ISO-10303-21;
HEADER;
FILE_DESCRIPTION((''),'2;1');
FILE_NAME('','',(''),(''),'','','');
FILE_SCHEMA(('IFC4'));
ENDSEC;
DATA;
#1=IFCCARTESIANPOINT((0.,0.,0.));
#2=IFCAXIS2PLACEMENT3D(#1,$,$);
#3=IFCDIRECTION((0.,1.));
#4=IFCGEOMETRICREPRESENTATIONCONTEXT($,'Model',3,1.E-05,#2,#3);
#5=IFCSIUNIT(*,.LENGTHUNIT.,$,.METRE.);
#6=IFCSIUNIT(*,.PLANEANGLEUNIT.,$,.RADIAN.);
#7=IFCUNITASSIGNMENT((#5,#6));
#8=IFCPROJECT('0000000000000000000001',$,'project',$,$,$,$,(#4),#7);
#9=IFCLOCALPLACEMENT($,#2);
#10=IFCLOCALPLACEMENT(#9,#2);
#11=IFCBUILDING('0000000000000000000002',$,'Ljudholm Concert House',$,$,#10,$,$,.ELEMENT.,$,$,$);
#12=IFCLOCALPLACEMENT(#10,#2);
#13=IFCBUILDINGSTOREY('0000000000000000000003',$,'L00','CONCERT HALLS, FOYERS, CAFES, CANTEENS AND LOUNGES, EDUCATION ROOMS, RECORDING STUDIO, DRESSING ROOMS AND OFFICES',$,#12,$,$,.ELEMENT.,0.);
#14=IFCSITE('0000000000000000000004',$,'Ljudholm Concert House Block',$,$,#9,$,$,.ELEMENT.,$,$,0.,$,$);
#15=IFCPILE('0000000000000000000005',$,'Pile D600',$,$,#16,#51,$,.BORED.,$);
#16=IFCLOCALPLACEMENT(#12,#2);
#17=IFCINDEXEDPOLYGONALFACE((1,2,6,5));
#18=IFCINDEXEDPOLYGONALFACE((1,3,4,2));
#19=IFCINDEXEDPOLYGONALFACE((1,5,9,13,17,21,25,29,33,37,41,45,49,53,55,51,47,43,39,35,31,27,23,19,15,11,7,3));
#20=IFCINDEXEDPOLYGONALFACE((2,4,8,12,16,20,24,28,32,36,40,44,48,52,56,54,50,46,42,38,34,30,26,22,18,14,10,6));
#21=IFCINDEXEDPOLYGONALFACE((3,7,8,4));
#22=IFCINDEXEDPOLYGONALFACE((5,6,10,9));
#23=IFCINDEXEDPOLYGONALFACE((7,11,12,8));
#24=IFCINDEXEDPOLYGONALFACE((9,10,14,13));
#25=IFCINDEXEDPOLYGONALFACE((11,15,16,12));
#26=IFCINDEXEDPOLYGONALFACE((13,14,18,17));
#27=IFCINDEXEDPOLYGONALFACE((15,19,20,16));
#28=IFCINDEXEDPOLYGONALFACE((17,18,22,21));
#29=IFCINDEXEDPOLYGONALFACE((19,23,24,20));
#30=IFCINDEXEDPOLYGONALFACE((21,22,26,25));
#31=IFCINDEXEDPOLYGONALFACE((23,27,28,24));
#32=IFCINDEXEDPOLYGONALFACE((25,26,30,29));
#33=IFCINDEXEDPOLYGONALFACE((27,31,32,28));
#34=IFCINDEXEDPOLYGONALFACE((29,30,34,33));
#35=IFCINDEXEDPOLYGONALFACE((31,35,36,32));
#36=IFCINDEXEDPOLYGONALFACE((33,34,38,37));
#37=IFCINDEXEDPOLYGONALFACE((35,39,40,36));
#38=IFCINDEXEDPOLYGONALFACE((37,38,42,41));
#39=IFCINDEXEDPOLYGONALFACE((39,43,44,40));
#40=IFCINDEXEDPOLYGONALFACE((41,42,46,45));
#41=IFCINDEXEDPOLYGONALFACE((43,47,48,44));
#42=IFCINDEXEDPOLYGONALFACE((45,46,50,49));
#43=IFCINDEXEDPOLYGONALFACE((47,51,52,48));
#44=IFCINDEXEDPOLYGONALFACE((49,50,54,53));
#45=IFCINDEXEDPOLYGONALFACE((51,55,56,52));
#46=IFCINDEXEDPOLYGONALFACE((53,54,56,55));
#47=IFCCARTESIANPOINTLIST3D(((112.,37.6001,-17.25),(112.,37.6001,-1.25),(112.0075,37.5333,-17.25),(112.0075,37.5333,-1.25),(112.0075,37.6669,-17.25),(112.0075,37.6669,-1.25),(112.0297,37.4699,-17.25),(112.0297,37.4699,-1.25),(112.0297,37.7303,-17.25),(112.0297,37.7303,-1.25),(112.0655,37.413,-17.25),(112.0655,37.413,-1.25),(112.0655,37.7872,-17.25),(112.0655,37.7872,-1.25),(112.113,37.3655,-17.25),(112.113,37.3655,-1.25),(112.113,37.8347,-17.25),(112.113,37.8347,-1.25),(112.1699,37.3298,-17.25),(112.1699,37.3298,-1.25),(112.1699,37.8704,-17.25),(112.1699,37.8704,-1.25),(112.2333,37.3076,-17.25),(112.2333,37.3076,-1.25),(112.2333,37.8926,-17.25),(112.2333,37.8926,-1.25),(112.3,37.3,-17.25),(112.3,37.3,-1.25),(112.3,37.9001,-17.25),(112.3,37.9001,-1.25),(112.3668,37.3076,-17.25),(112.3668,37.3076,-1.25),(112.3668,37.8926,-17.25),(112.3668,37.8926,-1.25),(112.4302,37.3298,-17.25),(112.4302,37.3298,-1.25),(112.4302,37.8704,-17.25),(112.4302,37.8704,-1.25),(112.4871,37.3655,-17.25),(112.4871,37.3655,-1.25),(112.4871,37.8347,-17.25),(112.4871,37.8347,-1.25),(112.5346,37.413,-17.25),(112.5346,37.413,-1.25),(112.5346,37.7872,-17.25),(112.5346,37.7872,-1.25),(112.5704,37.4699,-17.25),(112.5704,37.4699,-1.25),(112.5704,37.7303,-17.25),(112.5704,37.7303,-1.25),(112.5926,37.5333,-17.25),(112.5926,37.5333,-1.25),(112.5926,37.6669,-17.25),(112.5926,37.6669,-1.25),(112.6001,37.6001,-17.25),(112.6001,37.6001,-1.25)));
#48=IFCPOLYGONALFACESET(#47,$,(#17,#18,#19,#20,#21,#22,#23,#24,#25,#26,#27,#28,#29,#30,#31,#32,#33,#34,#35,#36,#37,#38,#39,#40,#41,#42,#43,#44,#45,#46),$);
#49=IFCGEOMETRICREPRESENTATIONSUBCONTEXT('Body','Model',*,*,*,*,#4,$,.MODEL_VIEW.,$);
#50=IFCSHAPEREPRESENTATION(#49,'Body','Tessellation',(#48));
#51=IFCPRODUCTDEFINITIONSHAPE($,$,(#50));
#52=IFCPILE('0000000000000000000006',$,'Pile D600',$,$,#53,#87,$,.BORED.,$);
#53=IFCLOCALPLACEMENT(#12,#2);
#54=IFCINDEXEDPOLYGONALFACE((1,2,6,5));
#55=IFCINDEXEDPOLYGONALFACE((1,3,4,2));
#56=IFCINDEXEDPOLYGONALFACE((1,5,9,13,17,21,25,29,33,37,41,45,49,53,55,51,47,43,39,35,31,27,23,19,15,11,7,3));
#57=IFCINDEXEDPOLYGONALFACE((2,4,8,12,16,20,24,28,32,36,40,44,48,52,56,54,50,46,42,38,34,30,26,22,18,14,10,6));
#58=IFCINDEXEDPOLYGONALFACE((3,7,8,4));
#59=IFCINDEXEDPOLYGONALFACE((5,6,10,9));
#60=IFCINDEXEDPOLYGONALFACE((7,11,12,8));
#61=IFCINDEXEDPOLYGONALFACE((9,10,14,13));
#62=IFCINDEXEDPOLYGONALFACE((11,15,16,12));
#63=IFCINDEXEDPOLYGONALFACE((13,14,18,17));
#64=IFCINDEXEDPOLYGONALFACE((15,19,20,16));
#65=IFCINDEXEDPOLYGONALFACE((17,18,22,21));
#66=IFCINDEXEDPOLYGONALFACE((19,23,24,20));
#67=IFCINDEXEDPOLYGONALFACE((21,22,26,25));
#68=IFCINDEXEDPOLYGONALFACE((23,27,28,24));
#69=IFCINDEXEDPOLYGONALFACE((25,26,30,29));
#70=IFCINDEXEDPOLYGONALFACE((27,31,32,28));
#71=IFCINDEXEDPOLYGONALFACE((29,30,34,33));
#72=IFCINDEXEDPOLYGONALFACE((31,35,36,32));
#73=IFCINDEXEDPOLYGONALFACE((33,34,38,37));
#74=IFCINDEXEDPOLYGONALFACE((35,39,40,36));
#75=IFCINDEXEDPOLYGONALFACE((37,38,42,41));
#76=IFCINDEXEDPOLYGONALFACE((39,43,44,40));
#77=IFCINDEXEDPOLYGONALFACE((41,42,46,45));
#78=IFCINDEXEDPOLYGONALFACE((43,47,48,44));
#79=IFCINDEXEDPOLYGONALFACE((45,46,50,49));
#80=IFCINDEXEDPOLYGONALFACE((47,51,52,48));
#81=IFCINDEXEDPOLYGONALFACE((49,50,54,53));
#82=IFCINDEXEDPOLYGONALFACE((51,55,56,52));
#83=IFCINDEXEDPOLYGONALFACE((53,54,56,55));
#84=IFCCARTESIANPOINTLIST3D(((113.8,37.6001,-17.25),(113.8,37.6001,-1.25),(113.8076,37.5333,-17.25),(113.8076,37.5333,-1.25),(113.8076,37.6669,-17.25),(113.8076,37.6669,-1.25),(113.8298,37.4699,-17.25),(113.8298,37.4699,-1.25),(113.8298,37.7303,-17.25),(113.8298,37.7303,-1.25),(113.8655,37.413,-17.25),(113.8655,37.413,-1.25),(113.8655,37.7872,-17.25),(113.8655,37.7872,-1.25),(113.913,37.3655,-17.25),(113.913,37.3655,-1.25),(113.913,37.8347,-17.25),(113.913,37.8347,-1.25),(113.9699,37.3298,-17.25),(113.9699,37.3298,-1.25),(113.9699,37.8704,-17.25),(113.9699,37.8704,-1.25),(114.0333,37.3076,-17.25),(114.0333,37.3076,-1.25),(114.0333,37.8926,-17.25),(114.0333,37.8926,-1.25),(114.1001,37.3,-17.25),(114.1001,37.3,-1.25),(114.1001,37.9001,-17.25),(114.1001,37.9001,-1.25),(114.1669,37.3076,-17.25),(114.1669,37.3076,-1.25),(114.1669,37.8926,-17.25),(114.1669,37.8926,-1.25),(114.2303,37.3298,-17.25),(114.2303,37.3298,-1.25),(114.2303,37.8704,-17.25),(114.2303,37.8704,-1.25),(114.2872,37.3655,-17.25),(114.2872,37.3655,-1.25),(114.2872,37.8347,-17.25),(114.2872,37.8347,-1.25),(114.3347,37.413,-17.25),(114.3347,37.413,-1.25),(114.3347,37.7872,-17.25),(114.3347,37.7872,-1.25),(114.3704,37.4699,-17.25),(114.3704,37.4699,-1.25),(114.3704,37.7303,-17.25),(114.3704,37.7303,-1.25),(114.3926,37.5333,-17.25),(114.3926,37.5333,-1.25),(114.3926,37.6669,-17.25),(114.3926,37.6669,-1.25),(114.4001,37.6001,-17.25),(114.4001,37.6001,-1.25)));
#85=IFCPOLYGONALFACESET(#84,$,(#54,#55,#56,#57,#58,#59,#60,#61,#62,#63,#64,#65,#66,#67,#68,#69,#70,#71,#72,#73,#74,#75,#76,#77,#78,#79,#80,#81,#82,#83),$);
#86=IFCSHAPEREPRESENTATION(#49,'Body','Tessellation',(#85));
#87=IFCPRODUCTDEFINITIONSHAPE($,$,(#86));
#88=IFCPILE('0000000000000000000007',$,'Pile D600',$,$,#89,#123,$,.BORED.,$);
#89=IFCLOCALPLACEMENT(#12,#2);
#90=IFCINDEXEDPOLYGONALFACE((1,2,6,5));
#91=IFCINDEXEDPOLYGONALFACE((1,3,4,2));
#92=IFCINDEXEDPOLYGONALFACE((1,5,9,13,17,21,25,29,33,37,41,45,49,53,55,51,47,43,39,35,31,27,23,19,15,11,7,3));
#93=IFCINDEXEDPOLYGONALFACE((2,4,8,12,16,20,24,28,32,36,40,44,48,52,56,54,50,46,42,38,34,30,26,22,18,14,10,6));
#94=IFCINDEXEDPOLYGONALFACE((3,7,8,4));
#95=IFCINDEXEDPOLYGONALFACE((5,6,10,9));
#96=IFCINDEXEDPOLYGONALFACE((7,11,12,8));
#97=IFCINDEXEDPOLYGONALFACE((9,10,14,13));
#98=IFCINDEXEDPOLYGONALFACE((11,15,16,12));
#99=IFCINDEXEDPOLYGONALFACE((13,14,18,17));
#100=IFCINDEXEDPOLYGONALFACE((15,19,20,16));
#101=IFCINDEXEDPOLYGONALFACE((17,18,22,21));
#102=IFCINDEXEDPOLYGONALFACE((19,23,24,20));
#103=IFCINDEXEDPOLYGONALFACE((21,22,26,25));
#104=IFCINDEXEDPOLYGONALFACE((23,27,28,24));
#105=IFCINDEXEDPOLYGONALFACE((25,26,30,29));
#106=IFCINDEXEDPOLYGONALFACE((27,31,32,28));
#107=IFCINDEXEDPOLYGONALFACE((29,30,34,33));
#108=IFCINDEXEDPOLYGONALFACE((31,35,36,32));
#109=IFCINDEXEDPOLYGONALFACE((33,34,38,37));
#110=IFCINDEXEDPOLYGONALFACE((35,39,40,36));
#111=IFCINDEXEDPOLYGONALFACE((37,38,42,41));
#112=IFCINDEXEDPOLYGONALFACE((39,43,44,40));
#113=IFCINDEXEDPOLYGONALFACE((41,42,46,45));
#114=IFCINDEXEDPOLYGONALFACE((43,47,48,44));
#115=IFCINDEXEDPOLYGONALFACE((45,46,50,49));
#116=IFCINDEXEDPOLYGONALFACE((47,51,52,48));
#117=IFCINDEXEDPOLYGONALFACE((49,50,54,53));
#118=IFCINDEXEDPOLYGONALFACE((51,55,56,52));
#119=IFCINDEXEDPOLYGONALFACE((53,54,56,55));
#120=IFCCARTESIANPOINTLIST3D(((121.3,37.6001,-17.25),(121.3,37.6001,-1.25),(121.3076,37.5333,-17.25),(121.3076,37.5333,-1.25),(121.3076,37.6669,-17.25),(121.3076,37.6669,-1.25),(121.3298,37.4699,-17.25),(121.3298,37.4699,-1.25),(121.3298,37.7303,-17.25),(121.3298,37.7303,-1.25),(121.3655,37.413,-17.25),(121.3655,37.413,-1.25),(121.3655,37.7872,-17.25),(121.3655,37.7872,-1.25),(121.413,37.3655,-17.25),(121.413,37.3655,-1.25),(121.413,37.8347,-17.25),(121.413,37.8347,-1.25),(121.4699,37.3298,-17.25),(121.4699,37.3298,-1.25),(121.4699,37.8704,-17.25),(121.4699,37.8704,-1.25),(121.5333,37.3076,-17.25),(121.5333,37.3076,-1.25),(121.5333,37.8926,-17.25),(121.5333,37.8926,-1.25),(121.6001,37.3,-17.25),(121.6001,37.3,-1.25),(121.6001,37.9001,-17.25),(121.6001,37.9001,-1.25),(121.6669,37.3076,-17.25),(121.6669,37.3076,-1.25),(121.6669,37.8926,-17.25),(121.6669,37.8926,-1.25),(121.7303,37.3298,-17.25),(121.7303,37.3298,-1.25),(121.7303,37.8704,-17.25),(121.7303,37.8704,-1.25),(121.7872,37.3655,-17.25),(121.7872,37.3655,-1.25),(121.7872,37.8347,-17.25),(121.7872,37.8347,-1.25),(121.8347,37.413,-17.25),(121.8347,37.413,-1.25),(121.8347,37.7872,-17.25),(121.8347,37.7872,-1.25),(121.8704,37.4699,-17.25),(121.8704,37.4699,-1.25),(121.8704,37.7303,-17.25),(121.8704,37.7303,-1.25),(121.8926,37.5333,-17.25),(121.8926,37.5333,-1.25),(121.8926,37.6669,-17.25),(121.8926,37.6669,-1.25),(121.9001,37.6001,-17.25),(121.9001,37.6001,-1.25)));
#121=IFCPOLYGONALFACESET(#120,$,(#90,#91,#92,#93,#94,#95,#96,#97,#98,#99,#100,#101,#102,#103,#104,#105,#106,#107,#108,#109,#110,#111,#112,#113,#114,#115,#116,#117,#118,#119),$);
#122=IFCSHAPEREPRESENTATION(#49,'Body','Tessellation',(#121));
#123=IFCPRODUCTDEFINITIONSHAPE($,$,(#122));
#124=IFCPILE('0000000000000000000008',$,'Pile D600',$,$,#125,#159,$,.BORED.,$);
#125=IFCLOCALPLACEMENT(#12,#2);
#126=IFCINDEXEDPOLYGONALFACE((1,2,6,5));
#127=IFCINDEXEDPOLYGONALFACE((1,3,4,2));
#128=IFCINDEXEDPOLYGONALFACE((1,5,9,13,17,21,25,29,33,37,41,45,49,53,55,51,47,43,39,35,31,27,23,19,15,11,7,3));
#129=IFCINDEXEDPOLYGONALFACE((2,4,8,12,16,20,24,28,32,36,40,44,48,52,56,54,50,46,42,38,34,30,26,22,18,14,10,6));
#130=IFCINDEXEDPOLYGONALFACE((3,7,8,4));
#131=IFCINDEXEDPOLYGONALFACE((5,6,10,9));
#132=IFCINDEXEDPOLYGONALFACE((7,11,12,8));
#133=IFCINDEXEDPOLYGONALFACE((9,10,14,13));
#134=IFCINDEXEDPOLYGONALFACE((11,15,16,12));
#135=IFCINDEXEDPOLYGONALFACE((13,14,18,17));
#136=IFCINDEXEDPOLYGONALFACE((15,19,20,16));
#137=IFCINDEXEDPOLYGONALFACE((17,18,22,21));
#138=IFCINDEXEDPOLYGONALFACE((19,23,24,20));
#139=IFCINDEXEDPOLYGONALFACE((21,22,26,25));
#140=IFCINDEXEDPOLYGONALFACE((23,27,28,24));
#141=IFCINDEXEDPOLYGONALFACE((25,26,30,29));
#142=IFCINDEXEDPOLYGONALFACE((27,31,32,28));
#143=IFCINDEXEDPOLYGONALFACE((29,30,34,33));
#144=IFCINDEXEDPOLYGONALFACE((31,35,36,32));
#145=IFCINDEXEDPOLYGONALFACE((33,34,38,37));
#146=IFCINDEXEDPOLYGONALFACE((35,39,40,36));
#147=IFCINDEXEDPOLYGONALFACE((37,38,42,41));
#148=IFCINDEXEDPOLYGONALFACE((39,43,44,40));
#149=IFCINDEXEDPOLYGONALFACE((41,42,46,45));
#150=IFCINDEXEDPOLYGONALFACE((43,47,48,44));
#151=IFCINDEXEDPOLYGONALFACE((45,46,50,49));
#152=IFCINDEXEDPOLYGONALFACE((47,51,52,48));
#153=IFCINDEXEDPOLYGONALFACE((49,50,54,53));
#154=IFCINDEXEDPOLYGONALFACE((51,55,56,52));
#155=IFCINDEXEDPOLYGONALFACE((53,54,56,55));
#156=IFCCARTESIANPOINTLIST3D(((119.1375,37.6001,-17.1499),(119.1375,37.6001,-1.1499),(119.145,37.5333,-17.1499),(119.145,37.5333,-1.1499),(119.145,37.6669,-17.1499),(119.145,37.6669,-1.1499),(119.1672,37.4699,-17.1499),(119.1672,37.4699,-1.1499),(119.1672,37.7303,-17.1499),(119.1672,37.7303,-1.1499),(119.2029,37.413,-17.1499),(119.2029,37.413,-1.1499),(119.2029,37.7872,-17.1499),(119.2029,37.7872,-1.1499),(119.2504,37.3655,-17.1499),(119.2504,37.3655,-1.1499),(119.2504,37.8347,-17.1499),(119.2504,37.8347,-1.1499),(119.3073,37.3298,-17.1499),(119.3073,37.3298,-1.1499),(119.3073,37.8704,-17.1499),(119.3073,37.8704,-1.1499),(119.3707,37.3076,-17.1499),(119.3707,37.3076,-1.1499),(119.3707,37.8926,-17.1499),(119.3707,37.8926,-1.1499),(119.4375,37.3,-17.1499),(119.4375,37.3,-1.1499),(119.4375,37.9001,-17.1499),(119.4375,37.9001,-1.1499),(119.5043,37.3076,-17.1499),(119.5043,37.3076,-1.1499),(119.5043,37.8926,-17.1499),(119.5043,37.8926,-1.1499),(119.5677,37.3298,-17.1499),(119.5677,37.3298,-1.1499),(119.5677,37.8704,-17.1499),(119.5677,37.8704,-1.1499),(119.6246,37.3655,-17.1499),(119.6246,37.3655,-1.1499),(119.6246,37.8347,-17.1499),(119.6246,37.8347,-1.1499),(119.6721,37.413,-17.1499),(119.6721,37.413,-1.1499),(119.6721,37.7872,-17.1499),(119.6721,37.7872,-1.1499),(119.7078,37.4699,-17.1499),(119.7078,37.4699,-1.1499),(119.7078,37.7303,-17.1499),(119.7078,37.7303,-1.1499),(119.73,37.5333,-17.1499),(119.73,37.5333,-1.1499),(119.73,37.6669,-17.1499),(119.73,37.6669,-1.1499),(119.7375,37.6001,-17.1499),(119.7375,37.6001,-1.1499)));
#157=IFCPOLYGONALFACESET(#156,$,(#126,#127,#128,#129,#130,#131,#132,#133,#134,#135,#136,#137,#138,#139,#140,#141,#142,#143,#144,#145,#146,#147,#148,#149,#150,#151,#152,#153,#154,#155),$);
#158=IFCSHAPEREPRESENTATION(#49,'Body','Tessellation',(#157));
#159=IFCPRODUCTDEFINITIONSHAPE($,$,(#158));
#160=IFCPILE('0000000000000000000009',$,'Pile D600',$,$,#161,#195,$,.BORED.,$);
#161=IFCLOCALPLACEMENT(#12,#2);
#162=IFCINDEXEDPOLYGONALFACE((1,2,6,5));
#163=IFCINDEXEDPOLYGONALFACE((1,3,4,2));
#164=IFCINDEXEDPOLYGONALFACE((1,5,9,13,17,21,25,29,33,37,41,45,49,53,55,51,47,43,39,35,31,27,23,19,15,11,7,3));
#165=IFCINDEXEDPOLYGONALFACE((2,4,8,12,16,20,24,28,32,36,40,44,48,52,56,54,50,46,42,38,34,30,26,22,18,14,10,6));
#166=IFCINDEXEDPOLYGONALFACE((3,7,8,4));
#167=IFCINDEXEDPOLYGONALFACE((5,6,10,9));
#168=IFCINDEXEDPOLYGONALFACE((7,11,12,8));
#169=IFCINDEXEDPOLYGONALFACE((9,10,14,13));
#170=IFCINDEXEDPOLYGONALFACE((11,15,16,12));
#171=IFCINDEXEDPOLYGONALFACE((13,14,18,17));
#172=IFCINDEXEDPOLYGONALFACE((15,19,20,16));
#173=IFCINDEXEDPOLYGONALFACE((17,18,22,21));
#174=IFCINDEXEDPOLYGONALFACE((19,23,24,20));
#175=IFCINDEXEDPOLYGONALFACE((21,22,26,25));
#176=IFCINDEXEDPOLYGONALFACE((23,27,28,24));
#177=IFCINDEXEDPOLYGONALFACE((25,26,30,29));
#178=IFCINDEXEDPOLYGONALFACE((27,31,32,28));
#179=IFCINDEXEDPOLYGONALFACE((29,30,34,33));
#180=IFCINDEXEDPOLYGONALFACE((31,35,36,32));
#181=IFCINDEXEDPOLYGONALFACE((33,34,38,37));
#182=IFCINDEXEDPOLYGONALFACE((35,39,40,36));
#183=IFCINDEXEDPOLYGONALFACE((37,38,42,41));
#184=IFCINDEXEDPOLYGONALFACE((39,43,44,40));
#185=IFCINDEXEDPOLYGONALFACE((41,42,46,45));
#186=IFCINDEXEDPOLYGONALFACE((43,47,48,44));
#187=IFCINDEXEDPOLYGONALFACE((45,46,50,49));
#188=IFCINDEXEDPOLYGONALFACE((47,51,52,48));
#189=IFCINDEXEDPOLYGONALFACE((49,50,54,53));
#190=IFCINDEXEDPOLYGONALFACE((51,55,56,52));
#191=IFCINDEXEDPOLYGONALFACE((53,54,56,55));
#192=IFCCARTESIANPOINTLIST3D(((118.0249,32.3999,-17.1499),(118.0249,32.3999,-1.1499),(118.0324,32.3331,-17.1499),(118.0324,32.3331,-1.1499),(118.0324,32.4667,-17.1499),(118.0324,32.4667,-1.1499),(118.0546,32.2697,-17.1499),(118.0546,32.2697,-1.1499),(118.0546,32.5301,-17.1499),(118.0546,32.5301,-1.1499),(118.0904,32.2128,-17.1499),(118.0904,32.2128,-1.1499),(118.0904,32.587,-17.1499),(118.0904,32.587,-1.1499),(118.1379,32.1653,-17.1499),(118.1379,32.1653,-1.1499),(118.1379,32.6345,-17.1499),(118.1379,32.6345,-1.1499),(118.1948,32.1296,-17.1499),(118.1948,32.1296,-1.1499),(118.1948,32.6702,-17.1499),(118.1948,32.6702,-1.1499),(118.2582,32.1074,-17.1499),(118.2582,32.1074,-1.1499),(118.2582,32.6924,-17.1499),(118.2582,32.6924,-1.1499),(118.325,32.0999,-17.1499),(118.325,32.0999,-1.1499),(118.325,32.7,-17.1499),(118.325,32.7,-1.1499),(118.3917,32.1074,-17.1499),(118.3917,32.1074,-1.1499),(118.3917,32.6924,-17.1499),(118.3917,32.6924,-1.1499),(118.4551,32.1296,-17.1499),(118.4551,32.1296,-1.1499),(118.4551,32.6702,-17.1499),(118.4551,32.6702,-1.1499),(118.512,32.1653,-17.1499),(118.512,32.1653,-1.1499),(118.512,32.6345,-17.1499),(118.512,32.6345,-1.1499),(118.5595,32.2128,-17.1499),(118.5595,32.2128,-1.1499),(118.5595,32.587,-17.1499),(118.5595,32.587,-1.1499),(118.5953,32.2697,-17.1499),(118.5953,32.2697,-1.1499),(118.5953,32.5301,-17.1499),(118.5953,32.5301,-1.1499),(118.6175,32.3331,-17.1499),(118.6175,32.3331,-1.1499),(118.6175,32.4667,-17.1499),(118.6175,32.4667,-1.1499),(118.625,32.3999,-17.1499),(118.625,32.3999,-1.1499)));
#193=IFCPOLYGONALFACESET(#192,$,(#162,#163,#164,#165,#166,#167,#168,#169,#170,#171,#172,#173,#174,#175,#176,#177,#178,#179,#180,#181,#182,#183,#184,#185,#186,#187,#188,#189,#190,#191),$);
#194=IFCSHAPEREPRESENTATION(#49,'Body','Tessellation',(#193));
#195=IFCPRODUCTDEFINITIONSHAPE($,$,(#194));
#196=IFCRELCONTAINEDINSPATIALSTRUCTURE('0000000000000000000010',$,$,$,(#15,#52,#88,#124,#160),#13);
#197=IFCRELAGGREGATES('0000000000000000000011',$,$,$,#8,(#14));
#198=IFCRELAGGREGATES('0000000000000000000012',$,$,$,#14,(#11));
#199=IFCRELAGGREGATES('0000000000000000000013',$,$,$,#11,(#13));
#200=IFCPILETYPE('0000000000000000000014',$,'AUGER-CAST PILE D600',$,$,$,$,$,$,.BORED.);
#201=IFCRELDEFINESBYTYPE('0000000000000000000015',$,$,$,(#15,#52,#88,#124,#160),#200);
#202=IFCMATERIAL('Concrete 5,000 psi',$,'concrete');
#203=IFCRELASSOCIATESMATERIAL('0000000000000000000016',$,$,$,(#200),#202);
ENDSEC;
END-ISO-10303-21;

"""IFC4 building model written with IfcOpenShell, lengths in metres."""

from ifc_helpers import new_model, si_unit, direction, frame, origin, origin_2d, place, context, subcontext, project, spatial, circle, extrude, material, material_profile, profile_set, type_object, element, save


model = new_model("IFC4")

# Units and contexts
model_context = context("Model", 3, precision=1e-05, world=origin(), true_north=direction((0.0, 1.0)))
body_context = subcontext(model_context, "Body", "Model", "MODEL_VIEW")
ifc_project = project(units=[si_unit("LENGTHUNIT", "METRE"), si_unit("PLANEANGLEUNIT", "RADIAN")], contexts=[model_context])

# Site, building, storey
site_placement = place(None, origin())
site = spatial("IfcSite", under=ifc_project, at=site_placement, Name="Ljudholm Concert House Block", CompositionType="ELEMENT", RefElevation=0.0)
building_placement = place(site_placement, origin())
building = spatial("IfcBuilding", under=site, at=building_placement, Name="Ljudholm Concert House", CompositionType="ELEMENT")
storey_placement = place(building_placement, origin())
storey = spatial("IfcBuildingStorey", under=building, at=storey_placement, Name="L00", Description="CONCERT HALLS, FOYERS, CAFES, CANTEENS AND LOUNGES, EDUCATION ROOMS, RECORDING STUDIO, DRESSING ROOMS AND OFFICES", CompositionType="ELEMENT", Elevation=0.0)

# Piles
ifc_material_1 = material(Name="Concrete 5,000 psi", Category="concrete")
ifc_material_profile_1 = material_profile(ifc_material_1, circle(Radius=0.3, at=origin_2d()), Name="AUGER-CAST PILE D600")
ifc_profile_set_1 = profile_set([ifc_material_profile_1], Name="Concrete 5,000 psi")
pile_type = type_object("IfcPileType", Name="AUGER-CAST PILE D600", PredefinedType="BORED", material=ifc_profile_set_1)
for number, where, z_axis, x_axis, name in (
    (1, (112.3, 37.6001, -1.25), (0.0, 0.0, -1.0), (1.0, 0.0, 0.0), "Pile D600"),
    (2, (114.1001, 37.6001, -1.25), (0.0, 0.0, -1.0), (1.0, 0.0, 0.0), "Pile D600"),
    (3, (121.6001, 37.6001, -1.25), (0.0, 0.0, -1.0), (1.0, 0.0, 0.0), "Pile D600"),
    (4, (119.4375, 37.6001, -1.1499), (0.0, 0.0, -1.0), (1.0, 0.0, 0.0), "Pile D600"),
    (5, (118.325, 32.3999, -1.1499), (0.0, 0.0, -1.0), (1.0, 0.0, 0.0), "Pile D600"),
):
    element("IfcPile", number, at=place(storey_placement, frame(where, z_axis=z_axis, x_axis=x_axis)), inside=storey, type_object=pile_type, Name=name, PredefinedType="BORED", context=body_context, shape_type="SweptSolid", body=[
        extrude(circle(Radius=0.3, at=origin_2d()), origin(), (0.0, 0.0, 1.0), 16.0),
    ])

save(model, "model.ifc")
